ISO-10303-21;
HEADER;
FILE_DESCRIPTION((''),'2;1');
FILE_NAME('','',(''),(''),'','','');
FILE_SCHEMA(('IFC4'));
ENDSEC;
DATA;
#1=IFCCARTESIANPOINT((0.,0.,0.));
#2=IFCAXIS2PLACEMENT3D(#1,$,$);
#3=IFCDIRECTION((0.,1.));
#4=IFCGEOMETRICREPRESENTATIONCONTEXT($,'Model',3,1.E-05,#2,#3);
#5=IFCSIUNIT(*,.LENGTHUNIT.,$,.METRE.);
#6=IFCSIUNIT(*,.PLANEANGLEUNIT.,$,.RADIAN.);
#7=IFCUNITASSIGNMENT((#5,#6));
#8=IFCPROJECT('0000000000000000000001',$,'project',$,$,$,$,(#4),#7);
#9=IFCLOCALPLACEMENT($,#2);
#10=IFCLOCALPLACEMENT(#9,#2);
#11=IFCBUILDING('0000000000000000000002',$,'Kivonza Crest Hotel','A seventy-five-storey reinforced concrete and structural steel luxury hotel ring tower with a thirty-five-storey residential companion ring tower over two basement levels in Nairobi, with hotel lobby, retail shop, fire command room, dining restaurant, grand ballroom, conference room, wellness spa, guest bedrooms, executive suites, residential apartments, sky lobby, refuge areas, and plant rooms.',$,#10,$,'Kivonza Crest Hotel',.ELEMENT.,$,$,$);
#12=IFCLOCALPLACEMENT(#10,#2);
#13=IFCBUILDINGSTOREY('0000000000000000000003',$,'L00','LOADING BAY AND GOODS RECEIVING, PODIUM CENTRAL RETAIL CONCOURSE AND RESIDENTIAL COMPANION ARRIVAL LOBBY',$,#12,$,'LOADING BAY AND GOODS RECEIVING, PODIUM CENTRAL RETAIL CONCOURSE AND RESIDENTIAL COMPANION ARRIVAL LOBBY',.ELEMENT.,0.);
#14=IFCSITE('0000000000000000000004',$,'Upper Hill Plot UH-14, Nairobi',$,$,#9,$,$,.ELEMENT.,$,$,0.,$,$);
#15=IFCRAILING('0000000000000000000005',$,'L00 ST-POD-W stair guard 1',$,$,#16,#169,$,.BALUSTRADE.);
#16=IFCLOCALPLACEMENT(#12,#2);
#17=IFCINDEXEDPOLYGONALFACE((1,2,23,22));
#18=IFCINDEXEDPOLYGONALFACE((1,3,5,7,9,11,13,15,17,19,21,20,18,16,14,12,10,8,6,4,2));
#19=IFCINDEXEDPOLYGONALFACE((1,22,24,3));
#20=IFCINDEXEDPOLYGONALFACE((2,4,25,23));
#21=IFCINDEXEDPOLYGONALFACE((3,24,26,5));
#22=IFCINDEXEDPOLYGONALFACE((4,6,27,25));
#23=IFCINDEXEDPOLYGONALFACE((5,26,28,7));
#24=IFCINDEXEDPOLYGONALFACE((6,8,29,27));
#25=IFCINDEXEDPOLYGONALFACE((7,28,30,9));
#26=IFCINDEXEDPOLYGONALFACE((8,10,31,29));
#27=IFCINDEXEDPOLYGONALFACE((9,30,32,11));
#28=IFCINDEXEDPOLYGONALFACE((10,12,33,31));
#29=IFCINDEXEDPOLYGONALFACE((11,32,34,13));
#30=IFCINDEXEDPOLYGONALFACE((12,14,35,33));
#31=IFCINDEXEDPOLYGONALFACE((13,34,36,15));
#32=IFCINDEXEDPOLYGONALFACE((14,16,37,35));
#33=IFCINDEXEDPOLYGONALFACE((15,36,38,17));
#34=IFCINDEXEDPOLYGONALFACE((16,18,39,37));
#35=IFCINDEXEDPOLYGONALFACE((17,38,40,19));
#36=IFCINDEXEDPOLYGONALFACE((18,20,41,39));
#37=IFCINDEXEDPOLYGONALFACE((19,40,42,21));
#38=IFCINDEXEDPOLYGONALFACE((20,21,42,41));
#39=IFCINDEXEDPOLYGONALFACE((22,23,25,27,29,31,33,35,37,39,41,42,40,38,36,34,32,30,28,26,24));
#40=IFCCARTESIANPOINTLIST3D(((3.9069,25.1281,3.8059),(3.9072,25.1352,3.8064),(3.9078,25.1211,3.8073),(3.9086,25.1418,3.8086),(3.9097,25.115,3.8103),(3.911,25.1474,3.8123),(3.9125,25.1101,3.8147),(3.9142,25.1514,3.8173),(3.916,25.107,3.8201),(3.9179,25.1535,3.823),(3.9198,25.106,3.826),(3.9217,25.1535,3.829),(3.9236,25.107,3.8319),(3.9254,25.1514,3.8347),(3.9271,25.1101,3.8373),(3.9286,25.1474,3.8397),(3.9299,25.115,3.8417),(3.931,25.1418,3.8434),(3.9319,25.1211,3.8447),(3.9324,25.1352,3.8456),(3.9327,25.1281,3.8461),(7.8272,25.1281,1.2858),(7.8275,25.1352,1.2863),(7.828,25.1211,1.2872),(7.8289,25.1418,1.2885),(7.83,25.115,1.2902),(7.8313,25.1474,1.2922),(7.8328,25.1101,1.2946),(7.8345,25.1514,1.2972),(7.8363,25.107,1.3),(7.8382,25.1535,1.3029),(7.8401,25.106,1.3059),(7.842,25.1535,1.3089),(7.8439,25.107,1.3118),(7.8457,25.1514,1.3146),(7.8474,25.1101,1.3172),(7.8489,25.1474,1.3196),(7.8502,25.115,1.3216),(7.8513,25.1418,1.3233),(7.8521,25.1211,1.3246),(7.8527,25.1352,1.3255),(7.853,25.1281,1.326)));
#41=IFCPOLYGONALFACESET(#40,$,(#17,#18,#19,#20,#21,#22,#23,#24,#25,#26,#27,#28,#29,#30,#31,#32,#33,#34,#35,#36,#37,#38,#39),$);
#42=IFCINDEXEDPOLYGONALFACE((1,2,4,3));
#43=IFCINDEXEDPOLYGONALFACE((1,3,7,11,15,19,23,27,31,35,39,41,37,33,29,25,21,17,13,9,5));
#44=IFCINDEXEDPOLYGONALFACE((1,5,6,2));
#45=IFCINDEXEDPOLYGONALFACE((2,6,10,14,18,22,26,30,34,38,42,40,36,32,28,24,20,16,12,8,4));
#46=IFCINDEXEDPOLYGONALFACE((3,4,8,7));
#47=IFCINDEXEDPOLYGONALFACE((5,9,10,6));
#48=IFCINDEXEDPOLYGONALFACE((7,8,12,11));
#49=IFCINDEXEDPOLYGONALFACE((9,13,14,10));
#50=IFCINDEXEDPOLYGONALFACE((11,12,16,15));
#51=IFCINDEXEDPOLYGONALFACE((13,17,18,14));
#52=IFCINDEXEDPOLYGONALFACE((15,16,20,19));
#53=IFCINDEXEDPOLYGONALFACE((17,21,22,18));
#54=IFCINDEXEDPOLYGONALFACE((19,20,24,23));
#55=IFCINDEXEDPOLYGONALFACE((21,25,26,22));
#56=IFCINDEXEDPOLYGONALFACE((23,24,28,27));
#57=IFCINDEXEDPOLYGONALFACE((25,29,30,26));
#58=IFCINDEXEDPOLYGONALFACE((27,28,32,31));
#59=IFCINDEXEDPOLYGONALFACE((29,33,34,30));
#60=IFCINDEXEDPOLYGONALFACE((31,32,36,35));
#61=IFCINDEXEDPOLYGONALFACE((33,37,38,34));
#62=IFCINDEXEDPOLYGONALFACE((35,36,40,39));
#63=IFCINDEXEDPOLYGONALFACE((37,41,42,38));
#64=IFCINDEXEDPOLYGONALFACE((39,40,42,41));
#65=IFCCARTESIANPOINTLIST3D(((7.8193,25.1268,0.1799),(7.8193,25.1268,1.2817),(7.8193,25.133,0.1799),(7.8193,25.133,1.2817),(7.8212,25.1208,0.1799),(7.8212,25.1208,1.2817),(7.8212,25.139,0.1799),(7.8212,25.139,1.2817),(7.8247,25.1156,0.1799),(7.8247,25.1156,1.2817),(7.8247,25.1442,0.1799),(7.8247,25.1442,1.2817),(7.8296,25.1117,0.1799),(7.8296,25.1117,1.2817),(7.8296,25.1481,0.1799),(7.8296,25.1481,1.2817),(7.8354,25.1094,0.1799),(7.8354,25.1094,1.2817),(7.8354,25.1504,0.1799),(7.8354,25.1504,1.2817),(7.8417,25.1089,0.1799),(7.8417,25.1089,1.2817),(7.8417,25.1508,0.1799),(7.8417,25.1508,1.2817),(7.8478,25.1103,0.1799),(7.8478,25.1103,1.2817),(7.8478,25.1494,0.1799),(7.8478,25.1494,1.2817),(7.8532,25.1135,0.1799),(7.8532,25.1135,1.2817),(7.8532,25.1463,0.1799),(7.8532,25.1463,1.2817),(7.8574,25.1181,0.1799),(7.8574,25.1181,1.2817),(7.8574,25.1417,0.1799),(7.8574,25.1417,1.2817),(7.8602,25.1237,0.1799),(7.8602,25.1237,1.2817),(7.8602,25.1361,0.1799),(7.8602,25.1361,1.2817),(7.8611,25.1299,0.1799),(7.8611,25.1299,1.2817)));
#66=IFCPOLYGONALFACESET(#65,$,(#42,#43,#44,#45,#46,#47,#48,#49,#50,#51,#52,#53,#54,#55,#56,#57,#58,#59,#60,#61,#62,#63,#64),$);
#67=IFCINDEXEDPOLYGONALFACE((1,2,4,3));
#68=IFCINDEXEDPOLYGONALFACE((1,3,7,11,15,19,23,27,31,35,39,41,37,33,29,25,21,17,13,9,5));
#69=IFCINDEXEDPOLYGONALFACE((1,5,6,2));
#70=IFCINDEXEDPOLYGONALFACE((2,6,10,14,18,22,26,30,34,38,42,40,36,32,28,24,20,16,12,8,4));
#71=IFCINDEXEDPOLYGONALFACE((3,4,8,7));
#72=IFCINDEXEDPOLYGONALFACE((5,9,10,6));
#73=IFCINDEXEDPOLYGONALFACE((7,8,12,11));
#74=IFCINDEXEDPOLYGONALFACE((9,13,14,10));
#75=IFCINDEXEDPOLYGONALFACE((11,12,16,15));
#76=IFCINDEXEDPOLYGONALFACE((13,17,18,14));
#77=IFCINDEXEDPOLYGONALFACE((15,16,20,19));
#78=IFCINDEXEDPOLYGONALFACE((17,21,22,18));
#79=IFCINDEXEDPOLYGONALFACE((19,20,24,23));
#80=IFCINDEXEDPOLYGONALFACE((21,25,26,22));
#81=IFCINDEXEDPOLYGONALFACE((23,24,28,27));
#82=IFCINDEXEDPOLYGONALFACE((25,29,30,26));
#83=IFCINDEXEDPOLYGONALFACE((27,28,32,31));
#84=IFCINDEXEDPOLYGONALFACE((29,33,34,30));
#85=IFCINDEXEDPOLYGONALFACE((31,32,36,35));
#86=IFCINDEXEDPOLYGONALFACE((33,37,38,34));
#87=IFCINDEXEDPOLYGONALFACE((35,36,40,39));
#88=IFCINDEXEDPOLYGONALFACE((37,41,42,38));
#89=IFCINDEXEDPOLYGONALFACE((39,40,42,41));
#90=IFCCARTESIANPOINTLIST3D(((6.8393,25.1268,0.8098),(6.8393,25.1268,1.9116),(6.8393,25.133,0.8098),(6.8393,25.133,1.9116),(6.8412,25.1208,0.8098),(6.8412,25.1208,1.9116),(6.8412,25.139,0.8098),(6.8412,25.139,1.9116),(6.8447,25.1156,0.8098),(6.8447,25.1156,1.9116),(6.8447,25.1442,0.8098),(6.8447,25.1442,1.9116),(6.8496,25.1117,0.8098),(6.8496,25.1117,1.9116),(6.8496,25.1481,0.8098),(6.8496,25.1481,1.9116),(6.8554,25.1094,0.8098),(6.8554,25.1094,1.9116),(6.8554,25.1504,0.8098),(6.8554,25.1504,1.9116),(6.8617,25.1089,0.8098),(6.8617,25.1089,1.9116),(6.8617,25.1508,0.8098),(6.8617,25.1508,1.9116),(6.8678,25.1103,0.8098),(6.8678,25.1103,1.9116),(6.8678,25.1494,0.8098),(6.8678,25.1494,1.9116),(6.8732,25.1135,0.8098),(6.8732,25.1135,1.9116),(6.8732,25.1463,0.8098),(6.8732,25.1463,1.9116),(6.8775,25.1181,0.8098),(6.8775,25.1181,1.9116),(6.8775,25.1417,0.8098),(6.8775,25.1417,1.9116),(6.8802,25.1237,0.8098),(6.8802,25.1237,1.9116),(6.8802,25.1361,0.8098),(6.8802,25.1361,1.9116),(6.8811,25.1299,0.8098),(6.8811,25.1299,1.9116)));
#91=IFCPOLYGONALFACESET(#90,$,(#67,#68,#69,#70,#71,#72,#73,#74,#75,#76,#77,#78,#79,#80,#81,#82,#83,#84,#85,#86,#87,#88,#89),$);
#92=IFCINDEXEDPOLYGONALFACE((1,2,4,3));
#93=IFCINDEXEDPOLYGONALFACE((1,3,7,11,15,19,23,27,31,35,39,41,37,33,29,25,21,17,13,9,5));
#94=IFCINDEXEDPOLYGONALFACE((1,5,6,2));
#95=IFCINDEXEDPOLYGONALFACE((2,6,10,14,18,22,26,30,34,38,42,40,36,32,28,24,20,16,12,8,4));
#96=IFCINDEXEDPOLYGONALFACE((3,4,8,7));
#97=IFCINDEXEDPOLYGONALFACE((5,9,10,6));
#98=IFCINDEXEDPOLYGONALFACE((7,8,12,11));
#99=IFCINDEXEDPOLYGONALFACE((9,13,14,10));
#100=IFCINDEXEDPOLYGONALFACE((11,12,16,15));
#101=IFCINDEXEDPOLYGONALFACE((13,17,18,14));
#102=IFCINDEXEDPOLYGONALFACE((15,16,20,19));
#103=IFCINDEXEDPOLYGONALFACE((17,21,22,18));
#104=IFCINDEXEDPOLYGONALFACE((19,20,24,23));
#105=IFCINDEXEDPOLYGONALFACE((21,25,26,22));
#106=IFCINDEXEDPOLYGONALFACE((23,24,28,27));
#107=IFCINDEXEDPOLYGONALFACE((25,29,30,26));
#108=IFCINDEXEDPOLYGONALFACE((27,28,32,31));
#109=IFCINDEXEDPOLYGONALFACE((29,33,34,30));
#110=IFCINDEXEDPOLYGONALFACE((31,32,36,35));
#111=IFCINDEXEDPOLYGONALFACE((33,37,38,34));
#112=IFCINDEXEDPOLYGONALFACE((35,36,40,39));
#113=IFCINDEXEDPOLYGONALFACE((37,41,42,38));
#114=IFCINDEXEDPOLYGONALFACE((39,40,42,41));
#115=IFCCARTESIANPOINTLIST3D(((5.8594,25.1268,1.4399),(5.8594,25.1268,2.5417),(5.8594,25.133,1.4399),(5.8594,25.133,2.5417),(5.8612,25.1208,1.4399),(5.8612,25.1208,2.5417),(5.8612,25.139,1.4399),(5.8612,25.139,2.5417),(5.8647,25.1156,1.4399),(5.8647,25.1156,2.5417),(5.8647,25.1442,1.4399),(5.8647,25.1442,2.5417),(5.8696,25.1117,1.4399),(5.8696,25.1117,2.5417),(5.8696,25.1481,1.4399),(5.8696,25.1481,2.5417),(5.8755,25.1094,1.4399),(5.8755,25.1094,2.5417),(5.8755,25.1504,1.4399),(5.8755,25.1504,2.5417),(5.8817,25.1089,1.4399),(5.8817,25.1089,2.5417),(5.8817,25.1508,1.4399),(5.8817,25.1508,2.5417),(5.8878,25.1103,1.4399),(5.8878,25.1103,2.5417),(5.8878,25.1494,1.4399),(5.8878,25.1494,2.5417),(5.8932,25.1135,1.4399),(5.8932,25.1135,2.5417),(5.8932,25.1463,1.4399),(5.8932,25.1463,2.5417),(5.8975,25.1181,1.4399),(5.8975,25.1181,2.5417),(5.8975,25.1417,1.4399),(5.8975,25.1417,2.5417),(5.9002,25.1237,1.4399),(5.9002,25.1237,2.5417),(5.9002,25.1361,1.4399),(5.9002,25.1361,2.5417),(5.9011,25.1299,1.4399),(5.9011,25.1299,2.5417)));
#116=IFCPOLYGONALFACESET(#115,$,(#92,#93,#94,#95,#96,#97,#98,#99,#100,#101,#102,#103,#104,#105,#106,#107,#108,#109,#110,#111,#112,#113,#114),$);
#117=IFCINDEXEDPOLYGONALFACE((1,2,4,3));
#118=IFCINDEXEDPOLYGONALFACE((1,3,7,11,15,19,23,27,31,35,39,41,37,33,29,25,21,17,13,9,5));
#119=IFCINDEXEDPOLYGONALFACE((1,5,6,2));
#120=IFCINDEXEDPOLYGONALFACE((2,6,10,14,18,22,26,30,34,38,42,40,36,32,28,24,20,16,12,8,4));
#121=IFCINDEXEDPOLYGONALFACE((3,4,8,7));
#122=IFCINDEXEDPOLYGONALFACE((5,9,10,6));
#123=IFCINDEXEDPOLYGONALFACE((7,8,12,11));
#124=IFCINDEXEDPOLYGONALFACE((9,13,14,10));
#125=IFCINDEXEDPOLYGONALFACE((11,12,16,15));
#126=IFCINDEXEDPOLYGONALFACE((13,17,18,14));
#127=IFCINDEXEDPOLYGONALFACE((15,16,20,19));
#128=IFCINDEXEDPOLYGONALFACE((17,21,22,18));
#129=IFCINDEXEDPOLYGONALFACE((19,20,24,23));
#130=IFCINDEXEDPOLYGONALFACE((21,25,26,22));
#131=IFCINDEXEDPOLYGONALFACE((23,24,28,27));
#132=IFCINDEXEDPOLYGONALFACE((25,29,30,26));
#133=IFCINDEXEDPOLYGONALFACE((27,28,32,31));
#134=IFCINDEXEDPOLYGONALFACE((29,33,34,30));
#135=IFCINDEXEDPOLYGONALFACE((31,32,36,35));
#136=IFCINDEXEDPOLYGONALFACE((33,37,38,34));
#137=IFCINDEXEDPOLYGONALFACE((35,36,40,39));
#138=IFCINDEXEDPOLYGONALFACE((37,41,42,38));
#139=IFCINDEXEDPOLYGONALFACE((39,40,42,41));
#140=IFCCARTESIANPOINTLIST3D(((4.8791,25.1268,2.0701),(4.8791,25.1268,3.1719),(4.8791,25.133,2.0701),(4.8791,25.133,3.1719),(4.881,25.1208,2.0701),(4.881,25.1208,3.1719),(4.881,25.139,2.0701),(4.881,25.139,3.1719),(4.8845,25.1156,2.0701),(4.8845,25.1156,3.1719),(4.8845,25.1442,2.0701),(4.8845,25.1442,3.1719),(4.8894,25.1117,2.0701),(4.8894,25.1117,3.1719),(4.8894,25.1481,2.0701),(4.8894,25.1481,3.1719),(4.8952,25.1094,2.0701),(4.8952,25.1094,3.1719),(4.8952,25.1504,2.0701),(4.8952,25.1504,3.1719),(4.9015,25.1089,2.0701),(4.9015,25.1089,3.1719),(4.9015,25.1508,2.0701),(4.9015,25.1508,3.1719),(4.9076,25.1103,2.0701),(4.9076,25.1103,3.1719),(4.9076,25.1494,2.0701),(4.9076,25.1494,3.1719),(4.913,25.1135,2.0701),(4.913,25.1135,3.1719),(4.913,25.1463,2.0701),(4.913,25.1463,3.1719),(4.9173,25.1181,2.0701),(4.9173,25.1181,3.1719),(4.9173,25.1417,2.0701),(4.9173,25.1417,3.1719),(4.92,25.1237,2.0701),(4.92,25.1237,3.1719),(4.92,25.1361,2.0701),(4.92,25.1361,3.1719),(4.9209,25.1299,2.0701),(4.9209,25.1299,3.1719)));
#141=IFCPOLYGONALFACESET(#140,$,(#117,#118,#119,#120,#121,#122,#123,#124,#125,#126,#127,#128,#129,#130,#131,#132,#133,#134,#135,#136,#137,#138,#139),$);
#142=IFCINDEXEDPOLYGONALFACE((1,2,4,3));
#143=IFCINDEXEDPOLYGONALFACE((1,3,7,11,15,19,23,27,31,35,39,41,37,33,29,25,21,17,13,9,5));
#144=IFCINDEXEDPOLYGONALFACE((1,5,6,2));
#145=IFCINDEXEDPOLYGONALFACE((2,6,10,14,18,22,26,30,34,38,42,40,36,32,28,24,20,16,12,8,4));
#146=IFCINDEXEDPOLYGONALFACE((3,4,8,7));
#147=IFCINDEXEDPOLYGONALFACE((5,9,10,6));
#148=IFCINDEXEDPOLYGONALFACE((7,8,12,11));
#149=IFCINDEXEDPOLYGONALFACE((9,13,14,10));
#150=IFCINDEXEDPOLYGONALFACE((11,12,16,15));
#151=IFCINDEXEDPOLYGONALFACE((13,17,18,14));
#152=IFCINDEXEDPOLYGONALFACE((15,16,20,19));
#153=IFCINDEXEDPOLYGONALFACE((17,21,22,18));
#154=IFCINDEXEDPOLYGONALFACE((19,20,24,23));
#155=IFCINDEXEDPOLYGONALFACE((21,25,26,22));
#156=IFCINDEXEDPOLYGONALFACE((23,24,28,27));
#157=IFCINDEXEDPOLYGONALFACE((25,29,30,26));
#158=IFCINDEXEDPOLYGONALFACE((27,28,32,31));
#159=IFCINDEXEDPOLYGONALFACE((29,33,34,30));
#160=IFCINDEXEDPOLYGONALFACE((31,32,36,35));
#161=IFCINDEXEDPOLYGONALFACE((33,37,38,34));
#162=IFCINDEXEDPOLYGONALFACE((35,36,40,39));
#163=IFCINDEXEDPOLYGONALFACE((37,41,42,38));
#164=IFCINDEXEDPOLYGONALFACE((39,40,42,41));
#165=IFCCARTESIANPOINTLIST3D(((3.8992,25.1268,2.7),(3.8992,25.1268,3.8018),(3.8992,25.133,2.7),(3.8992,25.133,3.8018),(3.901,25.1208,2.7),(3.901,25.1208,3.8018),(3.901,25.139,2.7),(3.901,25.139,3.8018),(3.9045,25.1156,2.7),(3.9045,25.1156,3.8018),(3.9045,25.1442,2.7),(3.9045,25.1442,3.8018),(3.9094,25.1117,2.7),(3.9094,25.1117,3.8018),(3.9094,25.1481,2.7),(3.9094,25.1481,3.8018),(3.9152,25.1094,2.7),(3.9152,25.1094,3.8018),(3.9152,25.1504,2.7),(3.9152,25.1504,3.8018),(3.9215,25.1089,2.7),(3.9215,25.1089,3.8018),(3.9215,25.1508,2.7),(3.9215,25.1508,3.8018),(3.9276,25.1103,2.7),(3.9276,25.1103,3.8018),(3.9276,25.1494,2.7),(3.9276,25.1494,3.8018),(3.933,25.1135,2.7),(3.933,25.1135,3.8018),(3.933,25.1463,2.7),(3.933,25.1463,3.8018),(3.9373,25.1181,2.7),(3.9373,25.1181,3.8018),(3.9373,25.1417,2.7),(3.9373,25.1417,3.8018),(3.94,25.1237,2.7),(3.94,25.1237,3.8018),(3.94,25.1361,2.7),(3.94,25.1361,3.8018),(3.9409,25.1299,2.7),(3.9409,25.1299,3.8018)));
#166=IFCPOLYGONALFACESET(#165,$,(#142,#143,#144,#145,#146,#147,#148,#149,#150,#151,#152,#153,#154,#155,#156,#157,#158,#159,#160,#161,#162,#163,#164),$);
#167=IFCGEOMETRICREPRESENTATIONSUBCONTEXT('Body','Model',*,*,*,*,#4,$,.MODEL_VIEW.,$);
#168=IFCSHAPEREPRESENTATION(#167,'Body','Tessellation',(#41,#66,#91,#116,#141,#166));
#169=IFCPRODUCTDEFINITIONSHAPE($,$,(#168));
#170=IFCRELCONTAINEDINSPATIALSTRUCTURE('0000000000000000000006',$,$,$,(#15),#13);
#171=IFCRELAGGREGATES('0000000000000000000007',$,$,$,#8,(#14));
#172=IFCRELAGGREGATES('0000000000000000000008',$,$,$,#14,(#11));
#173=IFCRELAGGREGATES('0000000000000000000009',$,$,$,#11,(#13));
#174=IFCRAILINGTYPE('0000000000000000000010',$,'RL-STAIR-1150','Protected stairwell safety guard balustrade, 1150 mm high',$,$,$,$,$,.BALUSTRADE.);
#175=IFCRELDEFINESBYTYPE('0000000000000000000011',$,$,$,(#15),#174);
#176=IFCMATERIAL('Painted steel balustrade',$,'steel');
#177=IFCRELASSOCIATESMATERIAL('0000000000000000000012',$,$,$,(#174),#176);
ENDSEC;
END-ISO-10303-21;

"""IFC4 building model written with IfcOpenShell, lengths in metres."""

from ifc_helpers import new_model, si_unit, direction, frame, origin, origin_2d, place, context, subcontext, project, spatial, circle, extrude, material, type_object, element, save


model = new_model("IFC4")

# Units and contexts
model_context = context("Model", 3, precision=1e-05, world=origin(), true_north=direction((0.0, 1.0)))
body_context = subcontext(model_context, "Body", "Model", "MODEL_VIEW")
ifc_project = project(units=[si_unit("LENGTHUNIT", "METRE"), si_unit("PLANEANGLEUNIT", "RADIAN")], contexts=[model_context])

# Site, building, storey
site_placement = place(None, origin())
site = spatial("IfcSite", under=ifc_project, at=site_placement, Name="Upper Hill Plot UH-14, Nairobi", CompositionType="ELEMENT", RefElevation=0.0)
building_placement = place(site_placement, origin())
building = spatial("IfcBuilding", under=site, at=building_placement, Name="Kivonza Crest Hotel", Description="A seventy-five-storey reinforced concrete and structural steel luxury hotel ring tower with a thirty-five-storey residential companion ring tower over two basement levels in Nairobi, with hotel lobby, retail shop, fire command room, dining restaurant, grand ballroom, conference room, wellness spa, guest bedrooms, executive suites, residential apartments, sky lobby, refuge areas, and plant rooms.", LongName="Kivonza Crest Hotel", CompositionType="ELEMENT")
storey_placement = place(building_placement, origin())
storey = spatial("IfcBuildingStorey", under=building, at=storey_placement, Name="L00", Description="LOADING BAY AND GOODS RECEIVING, PODIUM CENTRAL RETAIL CONCOURSE AND RESIDENTIAL COMPANION ARRIVAL LOBBY", LongName="LOADING BAY AND GOODS RECEIVING, PODIUM CENTRAL RETAIL CONCOURSE AND RESIDENTIAL COMPANION ARRIVAL LOBBY", CompositionType="ELEMENT", Elevation=0.0)

# Railing
ifc_material_1 = material(Name="Painted steel balustrade", Category="steel")
railing_type_1 = type_object("IfcRailingType", Name="RL-STAIR-1150", Description="Protected stairwell safety guard balustrade, 1150 mm high", PredefinedType="BALUSTRADE", material=ifc_material_1)
railing_1_placement = place(storey_placement, frame((7.8401, 25.1299, 0.1799)))
element("IfcRailing", 1, at=railing_1_placement, inside=storey, type_object=railing_type_1, Name="L00 ST-POD-W stair guard 1", PredefinedType="BALUSTRADE", context=body_context, shape_type="SweptSolid", body=[
    extrude(circle(Radius=0.0239, at=origin_2d()), frame((0.0, 0.0, 1.126), z_axis=(-0.841187, 0.0, 0.540744), x_axis=(0.0, -1.0, 0.0)), (0.0, 0.0, 1.0), 4.6604),
    extrude(circle(Radius=0.021, at=origin_2d()), origin(), (0.0, 0.0, 1.0), 1.1018),
    extrude(circle(Radius=0.021, at=origin_2d()), frame((-0.98, 0.0, 0.6299)), (0.0, 0.0, 1.0), 1.1018),
    extrude(circle(Radius=0.021, at=origin_2d()), frame((-1.96, 0.0, 1.26)), (0.0, 0.0, 1.0), 1.1018),
    extrude(circle(Radius=0.021, at=origin_2d()), frame((-2.9402, 0.0, 1.8901)), (0.0, 0.0, 1.0), 1.1018),
    extrude(circle(Radius=0.021, at=origin_2d()), frame((-3.9202, 0.0, 2.52)), (0.0, 0.0, 1.0), 1.1018),
])

save(model, "model.ifc")
